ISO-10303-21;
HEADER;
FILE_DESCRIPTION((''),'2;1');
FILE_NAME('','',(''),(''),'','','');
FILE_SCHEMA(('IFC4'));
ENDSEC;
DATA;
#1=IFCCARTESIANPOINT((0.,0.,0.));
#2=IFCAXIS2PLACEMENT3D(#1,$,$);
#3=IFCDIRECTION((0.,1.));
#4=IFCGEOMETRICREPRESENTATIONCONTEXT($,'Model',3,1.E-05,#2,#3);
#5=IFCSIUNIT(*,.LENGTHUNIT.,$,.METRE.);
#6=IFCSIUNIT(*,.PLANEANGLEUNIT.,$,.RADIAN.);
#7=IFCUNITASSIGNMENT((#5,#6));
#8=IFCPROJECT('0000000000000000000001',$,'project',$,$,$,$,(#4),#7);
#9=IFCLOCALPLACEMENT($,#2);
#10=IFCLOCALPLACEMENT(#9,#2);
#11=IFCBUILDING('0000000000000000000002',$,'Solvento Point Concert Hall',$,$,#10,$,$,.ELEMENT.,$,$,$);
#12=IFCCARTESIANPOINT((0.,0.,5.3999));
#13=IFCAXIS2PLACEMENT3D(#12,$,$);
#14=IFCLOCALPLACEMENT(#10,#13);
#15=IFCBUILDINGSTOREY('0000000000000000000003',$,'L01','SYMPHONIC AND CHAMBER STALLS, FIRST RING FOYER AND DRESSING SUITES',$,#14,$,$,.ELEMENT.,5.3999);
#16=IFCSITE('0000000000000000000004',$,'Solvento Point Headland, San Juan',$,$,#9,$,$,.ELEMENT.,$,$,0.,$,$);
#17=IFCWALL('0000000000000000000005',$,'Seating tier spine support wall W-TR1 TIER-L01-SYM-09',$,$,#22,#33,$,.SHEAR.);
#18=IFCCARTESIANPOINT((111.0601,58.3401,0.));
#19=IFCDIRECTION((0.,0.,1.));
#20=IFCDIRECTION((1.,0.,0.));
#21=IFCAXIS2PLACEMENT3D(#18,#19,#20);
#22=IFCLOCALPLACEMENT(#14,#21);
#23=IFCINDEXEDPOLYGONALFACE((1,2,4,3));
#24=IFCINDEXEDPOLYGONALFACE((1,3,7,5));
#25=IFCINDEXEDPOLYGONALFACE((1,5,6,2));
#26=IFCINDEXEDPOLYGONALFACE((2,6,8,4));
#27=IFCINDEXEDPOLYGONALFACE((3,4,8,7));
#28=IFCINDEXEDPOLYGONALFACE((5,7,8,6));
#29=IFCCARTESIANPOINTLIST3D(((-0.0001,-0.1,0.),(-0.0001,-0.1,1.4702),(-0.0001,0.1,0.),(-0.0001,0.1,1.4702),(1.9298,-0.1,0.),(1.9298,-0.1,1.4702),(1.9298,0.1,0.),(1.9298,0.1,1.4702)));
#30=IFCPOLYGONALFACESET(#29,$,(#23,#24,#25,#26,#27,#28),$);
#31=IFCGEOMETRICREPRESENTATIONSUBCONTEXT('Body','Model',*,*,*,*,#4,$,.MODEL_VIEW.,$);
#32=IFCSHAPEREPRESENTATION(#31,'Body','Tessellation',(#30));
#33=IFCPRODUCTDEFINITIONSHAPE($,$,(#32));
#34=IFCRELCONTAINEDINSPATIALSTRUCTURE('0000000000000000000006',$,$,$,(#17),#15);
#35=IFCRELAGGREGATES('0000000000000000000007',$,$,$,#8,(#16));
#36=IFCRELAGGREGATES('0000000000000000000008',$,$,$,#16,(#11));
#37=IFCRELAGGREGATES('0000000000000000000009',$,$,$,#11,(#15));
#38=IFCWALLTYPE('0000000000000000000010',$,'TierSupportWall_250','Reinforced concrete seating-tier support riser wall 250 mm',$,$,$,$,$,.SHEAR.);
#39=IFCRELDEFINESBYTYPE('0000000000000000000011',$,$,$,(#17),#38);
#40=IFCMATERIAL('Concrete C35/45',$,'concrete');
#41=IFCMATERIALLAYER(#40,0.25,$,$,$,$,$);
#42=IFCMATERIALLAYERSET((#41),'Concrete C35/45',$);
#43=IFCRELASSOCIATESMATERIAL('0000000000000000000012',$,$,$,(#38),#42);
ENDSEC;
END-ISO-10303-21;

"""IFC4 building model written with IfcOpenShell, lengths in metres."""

from ifc_helpers import new_model, si_unit, direction, frame, frame_2d, origin, place, context, subcontext, project, spatial, rectangle, extrude, material, layer, layer_set, type_object, element, save


model = new_model("IFC4")

# Units and contexts
model_context = context("Model", 3, precision=1e-05, world=origin(), true_north=direction((0.0, 1.0)))
body_context = subcontext(model_context, "Body", "Model", "MODEL_VIEW")
ifc_project = project(units=[si_unit("LENGTHUNIT", "METRE"), si_unit("PLANEANGLEUNIT", "RADIAN")], contexts=[model_context])

# Site, building, storey
site_placement = place(None, origin())
site = spatial("IfcSite", under=ifc_project, at=site_placement, Name="Solvento Point Headland, San Juan", CompositionType="ELEMENT", RefElevation=0.0)
building_placement = place(site_placement, origin())
building = spatial("IfcBuilding", under=site, at=building_placement, Name="Solvento Point Concert Hall", CompositionType="ELEMENT")
storey_placement = place(building_placement, frame((0.0, 0.0, 5.3999)))
storey = spatial("IfcBuildingStorey", under=building, at=storey_placement, Name="L01", Description="SYMPHONIC AND CHAMBER STALLS, FIRST RING FOYER AND DRESSING SUITES", CompositionType="ELEMENT", Elevation=5.3999)

# Wall
ifc_material_1 = material(Name="Concrete C35/45", Category="concrete")
ifc_layer_1 = layer(ifc_material_1, 0.25)
ifc_layer_set_1 = layer_set([ifc_layer_1], Name="Concrete C35/45")
wall_type_1 = type_object("IfcWallType", Name="TierSupportWall_250", Description="Reinforced concrete seating-tier support riser wall 250 mm", PredefinedType="SHEAR", material=ifc_layer_set_1)
wall_1_placement = place(storey_placement, frame((111.0601, 58.3401, 0.0), z_axis=(0.0, 0.0, 1.0), x_axis=(1.0, 0.0, 0.0)))
element("IfcWall", 1, at=wall_1_placement, inside=storey, type_object=wall_type_1, Name="Seating tier spine support wall W-TR1 TIER-L01-SYM-09", PredefinedType="SHEAR", context=body_context, shape_type="SweptSolid", body=[
    extrude(rectangle(XDim=1.9299, YDim=0.2, at=frame_2d((0.9648, 0.0))), origin(), (0.0, 0.0, 1.0), 1.4702),
])

save(model, "model.ifc")
